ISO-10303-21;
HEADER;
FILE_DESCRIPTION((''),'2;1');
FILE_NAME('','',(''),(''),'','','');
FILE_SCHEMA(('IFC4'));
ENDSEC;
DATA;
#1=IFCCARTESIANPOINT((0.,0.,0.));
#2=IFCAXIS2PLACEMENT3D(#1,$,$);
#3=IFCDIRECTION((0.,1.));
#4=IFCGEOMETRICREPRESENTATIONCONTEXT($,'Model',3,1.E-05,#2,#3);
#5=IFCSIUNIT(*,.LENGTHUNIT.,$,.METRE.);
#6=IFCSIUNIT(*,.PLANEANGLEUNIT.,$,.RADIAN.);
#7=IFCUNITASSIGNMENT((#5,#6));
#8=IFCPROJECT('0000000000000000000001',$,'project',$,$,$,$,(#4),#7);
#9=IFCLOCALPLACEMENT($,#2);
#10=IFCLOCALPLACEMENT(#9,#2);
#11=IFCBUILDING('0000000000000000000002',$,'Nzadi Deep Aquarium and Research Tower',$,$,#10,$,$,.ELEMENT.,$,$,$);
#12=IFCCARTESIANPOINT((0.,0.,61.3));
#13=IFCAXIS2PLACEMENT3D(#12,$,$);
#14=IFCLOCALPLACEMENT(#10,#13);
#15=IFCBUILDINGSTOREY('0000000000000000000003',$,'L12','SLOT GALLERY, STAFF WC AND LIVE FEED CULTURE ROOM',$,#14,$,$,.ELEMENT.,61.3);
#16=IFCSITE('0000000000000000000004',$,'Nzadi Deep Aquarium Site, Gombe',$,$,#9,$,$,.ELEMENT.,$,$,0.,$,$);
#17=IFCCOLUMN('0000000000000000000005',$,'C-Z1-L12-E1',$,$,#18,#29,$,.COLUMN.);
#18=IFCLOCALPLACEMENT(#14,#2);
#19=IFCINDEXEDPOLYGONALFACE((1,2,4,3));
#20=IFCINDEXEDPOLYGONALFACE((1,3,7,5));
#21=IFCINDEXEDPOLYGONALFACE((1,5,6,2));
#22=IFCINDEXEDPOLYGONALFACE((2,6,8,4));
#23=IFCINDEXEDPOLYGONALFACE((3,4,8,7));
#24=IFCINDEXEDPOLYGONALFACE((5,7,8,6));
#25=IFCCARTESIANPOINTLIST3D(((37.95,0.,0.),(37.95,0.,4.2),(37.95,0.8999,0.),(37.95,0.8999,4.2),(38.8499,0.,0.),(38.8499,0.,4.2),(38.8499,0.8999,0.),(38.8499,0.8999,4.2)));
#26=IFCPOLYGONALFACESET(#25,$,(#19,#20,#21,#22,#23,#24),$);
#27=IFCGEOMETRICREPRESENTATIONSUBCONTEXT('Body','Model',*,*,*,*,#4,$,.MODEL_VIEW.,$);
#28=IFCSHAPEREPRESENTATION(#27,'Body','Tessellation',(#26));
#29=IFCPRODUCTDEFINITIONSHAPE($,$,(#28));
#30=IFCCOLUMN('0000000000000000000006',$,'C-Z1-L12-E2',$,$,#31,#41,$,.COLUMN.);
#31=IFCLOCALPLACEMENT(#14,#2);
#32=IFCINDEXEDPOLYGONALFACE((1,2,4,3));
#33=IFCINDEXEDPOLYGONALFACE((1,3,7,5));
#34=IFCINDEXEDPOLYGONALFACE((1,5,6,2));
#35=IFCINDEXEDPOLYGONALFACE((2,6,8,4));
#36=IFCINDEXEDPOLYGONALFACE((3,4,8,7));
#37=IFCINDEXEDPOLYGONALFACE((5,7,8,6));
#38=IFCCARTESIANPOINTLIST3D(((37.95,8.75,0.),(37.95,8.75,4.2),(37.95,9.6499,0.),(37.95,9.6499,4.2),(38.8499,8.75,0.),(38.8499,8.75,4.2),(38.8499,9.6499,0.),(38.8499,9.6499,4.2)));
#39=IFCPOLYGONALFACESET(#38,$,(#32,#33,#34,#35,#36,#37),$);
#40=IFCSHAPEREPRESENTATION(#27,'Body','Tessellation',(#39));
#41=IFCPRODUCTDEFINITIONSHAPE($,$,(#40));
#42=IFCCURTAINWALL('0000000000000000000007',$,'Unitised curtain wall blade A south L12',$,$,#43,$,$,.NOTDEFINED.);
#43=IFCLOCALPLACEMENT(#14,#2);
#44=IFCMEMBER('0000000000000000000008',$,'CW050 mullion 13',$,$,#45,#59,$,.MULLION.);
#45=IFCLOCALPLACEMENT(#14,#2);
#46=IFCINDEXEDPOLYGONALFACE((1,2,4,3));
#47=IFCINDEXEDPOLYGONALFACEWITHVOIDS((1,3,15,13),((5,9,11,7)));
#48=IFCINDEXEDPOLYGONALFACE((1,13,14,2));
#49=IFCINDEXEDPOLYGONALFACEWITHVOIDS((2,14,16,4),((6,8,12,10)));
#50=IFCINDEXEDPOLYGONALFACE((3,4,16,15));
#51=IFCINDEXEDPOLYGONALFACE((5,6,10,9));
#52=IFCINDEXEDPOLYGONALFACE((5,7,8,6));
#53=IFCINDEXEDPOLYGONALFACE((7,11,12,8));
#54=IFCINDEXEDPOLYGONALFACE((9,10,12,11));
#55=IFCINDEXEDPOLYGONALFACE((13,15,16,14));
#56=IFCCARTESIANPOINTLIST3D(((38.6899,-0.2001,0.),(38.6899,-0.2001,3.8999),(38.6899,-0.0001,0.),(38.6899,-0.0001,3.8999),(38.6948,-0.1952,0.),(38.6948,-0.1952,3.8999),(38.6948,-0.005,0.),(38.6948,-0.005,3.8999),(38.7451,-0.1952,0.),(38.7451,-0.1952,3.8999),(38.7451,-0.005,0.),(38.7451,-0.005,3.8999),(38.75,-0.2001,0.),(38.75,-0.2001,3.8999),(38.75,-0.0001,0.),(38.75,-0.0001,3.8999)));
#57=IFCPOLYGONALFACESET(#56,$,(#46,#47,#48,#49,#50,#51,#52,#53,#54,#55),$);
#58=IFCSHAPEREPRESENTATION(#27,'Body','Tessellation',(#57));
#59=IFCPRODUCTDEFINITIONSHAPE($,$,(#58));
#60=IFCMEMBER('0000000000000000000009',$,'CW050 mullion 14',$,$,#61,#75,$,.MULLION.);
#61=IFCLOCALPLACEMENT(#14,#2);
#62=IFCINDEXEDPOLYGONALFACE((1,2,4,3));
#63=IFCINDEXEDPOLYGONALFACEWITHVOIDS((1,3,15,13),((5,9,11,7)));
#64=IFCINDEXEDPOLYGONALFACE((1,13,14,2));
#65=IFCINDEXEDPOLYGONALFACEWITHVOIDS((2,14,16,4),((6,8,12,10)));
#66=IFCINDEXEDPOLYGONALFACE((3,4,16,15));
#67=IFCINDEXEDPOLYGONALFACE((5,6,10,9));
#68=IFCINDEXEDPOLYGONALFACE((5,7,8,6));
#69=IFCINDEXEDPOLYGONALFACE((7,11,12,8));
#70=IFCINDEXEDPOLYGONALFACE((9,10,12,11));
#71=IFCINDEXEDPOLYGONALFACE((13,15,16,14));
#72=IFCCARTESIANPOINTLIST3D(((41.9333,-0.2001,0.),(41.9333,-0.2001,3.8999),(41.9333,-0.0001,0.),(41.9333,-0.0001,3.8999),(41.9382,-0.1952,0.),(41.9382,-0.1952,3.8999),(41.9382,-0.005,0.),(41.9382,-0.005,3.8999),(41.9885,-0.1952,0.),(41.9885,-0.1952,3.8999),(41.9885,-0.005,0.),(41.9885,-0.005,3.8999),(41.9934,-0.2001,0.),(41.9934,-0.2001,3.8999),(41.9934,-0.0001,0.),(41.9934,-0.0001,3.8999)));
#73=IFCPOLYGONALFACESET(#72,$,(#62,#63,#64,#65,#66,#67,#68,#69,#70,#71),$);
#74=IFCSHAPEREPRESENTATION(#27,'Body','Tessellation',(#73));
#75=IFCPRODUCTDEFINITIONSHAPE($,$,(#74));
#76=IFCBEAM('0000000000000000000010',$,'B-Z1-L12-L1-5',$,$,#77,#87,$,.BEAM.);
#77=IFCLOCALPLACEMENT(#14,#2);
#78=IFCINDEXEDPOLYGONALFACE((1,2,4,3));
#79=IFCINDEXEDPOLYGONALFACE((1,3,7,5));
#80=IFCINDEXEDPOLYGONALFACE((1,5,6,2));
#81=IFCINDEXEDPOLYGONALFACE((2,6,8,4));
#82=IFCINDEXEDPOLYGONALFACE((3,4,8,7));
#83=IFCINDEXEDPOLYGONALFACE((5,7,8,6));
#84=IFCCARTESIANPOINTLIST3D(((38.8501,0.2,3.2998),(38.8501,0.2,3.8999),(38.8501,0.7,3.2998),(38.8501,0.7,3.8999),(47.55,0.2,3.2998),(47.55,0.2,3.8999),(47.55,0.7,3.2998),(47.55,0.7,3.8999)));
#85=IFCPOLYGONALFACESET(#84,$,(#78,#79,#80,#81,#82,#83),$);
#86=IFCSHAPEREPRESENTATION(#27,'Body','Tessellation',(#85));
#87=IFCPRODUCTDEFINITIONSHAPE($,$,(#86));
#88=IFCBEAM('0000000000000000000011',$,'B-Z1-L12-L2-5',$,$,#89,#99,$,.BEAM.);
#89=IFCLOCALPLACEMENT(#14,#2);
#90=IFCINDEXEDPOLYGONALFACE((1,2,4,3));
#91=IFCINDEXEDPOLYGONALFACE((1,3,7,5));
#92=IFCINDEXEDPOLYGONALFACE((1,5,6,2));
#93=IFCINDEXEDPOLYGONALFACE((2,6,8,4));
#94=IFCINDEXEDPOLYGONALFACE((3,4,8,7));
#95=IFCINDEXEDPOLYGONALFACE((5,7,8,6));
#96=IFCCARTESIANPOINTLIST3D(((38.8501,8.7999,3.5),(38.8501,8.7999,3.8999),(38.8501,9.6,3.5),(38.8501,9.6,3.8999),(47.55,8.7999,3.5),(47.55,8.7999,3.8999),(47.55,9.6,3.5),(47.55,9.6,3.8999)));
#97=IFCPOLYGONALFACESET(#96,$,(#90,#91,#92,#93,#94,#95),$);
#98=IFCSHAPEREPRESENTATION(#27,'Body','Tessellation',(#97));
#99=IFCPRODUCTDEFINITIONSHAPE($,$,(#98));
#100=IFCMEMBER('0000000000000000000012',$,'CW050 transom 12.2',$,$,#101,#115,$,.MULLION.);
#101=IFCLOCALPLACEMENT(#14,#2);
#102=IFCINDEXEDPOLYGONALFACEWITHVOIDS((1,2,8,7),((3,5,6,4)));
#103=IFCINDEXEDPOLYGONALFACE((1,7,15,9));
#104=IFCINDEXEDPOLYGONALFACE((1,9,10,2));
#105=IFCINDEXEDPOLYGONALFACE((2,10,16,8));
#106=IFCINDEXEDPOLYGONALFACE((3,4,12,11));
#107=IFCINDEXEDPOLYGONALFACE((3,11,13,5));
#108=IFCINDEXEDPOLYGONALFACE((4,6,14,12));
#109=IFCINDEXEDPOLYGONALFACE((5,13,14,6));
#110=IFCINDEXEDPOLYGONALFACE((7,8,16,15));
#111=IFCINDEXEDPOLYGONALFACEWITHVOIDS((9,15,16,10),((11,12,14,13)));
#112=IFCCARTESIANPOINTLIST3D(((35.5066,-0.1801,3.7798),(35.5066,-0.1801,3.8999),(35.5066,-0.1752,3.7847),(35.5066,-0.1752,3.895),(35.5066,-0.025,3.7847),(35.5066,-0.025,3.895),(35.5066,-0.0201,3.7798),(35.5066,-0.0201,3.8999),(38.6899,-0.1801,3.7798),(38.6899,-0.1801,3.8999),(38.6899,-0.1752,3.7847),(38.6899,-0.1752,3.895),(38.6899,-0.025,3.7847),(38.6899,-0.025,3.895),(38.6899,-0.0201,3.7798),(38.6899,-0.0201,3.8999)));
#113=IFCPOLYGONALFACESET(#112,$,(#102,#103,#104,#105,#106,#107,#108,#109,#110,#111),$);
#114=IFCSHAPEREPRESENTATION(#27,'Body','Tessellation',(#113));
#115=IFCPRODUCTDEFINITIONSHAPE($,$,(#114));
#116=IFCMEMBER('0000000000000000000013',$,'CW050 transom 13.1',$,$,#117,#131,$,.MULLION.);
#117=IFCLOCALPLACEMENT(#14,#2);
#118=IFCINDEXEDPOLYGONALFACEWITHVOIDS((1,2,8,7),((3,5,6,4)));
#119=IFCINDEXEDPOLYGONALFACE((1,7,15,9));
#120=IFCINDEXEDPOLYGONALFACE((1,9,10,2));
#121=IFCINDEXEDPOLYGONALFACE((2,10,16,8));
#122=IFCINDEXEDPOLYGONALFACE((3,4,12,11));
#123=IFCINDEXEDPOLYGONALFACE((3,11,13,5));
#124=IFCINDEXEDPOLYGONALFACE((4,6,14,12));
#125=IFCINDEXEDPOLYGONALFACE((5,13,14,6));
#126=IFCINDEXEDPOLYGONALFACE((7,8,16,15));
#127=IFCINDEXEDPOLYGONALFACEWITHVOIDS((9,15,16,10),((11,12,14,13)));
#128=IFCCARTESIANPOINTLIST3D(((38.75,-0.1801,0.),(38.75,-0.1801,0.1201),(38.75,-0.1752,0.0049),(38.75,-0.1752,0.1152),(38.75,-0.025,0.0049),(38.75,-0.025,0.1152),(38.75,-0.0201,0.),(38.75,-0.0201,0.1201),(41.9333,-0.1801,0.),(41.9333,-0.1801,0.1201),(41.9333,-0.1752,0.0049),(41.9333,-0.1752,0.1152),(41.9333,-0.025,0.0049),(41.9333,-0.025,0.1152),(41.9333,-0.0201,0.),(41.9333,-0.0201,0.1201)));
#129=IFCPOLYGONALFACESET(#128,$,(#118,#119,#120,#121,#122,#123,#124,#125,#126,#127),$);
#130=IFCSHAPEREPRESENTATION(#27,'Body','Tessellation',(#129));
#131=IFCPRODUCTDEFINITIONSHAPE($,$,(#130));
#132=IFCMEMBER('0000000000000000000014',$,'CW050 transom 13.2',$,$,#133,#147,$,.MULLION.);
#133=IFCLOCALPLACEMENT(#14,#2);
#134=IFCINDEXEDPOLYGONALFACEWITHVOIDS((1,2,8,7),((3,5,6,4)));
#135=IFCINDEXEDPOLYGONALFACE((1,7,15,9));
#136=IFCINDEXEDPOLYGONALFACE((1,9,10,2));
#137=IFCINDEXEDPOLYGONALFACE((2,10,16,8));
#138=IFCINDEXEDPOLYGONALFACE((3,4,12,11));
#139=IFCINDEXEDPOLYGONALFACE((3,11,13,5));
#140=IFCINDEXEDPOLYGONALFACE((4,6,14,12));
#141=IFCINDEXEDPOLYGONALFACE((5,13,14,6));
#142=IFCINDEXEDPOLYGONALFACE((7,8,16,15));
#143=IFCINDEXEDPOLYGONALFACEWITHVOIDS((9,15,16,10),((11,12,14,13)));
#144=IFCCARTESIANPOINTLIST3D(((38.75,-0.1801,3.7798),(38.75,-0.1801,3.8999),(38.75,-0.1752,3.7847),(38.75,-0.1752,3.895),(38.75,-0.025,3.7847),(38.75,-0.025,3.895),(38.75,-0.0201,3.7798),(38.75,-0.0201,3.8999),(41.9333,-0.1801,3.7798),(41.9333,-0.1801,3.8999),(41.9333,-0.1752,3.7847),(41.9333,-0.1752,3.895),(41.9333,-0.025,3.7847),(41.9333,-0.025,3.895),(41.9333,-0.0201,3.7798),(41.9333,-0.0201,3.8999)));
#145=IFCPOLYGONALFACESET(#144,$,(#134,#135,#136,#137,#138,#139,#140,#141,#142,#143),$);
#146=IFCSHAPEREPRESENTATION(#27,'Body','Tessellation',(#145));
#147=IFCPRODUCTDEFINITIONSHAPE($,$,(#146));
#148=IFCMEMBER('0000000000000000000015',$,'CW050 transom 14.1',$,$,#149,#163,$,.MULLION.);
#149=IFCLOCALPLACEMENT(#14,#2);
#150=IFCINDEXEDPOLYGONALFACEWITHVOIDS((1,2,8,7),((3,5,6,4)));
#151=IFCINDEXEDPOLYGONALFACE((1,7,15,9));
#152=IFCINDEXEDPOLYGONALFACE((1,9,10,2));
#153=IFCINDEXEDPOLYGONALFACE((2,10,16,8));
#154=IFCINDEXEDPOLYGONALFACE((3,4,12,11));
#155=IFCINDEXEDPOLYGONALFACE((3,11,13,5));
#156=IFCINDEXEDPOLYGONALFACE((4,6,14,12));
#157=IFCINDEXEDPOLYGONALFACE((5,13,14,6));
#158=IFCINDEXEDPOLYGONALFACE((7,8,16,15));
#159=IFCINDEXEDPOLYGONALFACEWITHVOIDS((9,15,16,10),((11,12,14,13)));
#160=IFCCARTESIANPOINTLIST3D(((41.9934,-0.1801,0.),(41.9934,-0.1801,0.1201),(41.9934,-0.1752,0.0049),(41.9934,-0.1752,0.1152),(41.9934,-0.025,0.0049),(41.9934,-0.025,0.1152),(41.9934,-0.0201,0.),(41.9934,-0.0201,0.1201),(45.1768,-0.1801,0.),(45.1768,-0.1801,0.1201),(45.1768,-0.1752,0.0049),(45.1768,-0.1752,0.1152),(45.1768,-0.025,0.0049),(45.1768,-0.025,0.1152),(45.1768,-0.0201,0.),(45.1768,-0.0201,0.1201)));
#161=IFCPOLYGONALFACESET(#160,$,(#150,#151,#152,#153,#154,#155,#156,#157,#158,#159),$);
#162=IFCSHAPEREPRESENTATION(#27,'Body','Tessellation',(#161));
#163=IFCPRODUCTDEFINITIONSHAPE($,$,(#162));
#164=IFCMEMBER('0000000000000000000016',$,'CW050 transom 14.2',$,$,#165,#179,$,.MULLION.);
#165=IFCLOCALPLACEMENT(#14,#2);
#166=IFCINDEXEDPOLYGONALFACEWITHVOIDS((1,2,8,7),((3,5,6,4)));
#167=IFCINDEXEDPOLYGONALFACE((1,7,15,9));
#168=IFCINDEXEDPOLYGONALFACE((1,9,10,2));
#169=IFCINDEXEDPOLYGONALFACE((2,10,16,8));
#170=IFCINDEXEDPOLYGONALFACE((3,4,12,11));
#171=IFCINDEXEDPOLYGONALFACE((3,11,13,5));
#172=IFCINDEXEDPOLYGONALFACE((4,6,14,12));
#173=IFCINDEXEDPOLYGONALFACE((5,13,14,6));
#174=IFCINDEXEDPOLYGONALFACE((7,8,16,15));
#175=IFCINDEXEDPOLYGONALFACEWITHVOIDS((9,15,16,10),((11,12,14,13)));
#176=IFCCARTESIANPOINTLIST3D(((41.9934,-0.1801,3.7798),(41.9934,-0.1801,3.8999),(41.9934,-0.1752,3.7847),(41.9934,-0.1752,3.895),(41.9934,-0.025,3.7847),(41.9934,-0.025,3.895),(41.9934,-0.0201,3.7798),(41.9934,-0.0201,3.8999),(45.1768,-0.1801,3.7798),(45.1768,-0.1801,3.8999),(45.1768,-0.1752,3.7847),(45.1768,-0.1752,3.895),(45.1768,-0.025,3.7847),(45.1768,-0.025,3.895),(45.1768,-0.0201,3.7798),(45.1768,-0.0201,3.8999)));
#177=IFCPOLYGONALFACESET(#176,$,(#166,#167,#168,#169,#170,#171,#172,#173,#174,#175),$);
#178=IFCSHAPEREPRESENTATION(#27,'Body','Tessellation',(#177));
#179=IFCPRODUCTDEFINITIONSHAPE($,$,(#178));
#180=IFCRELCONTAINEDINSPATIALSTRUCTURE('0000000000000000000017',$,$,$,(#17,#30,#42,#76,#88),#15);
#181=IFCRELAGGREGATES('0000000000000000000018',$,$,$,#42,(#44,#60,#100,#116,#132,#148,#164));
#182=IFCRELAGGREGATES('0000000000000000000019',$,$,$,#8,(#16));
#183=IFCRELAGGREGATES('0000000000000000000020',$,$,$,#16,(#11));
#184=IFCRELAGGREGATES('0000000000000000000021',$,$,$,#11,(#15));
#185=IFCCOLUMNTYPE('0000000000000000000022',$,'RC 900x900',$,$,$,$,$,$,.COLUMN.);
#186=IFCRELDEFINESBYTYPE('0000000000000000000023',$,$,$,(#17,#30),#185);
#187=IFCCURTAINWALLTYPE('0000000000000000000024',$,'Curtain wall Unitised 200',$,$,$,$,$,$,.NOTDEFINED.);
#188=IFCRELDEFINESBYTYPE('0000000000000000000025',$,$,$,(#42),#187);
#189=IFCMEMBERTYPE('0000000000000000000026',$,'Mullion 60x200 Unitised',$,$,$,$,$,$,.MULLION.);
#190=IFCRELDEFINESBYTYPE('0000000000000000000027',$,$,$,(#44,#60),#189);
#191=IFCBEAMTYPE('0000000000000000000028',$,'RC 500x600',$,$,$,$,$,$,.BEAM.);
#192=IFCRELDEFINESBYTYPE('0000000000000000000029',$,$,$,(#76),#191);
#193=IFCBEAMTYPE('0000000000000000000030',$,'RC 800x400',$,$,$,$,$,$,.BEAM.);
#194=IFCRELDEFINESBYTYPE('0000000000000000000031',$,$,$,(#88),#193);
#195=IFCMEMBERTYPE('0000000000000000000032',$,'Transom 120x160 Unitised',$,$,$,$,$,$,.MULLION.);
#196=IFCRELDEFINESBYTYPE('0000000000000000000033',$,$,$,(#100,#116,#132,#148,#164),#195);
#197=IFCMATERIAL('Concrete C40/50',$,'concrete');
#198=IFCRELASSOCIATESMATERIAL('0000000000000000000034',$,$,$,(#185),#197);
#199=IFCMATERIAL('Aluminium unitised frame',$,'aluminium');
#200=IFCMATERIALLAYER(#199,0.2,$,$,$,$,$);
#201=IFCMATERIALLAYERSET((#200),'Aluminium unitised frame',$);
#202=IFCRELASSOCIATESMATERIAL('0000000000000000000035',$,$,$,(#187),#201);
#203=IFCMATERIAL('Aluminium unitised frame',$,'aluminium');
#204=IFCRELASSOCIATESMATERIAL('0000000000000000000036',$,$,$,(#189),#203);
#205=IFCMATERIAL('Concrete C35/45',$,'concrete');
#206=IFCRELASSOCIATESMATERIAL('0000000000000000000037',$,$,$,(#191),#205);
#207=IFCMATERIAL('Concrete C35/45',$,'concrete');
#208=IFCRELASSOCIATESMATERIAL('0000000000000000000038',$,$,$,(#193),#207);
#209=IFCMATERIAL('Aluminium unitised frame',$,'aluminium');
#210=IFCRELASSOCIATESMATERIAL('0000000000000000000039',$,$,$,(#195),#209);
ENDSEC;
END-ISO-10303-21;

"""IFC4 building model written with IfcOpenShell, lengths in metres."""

from ifc_helpers import new_model, si_unit, direction, frame, origin, origin_2d, place, context, subcontext, project, spatial, rectangle, hollow_rectangle, extrude, material, layer, layer_set, material_profile, profile_set, type_object, element, aggregate, save


model = new_model("IFC4")

# Units and contexts
model_context = context("Model", 3, precision=1e-05, world=origin(), true_north=direction((0.0, 1.0)))
body_context = subcontext(model_context, "Body", "Model", "MODEL_VIEW")
ifc_project = project(units=[si_unit("LENGTHUNIT", "METRE"), si_unit("PLANEANGLEUNIT", "RADIAN")], contexts=[model_context])

# Site, building, storey
site_placement = place(None, origin())
site = spatial("IfcSite", under=ifc_project, at=site_placement, Name="Nzadi Deep Aquarium Site, Gombe", CompositionType="ELEMENT", RefElevation=0.0)
building_placement = place(site_placement, origin())
building = spatial("IfcBuilding", under=site, at=building_placement, Name="Nzadi Deep Aquarium and Research Tower", CompositionType="ELEMENT")
storey_placement = place(building_placement, frame((0.0, 0.0, 61.3)))
storey = spatial("IfcBuildingStorey", under=building, at=storey_placement, Name="L12", Description="SLOT GALLERY, STAFF WC AND LIVE FEED CULTURE ROOM", CompositionType="ELEMENT", Elevation=61.3)

# Columns
ifc_material_1 = material(Name="Concrete C40/50", Category="concrete")
ifc_material_profile_1 = material_profile(ifc_material_1, rectangle(XDim=0.8999, YDim=0.8999, at=origin_2d()))
ifc_profile_set_1 = profile_set([ifc_material_profile_1], Name="Concrete C40/50")
column_type = type_object("IfcColumnType", Name="RC 900x900", PredefinedType="COLUMN", material=ifc_profile_set_1)
for number, where, z_axis, x_axis, name in (
    (1, (38.3999, 0.45, 0.0), (0.0, 0.0, 1.0), (1.0, 0.0, 0.0), "C-Z1-L12-E1"),
    (2, (38.3999, 9.2, 0.0), (0.0, 0.0, 1.0), (1.0, 0.0, 0.0), "C-Z1-L12-E2"),
):
    element("IfcColumn", number, at=place(storey_placement, frame(where, z_axis=z_axis, x_axis=x_axis)), inside=storey, type_object=column_type, Name=name, PredefinedType="COLUMN", context=body_context, shape_type="SweptSolid", body=[
        extrude(rectangle(XDim=0.8999, YDim=0.8999, at=origin_2d()), origin(), (0.0, 0.0, 1.0), 4.2),
    ])

# Curtain wall, members
ifc_material_2 = material(Name="Aluminium unitised frame", Category="aluminium")
ifc_layer_1 = layer(ifc_material_2, 0.2)
ifc_layer_set_1 = layer_set([ifc_layer_1], Name="Aluminium unitised frame")
curtain_wall_type = type_object("IfcCurtainWallType", Name="Curtain wall Unitised 200", PredefinedType="NOTDEFINED", material=ifc_layer_set_1)
curtain_wall_placement = place(storey_placement, origin())
curtain_wall = element("IfcCurtainWall", 3, at=curtain_wall_placement, inside=storey, type_object=curtain_wall_type, Name="Unitised curtain wall blade A south L12", PredefinedType="NOTDEFINED")
ifc_material_3 = material(Name="Aluminium unitised frame", Category="aluminium")
ifc_material_profile_2 = material_profile(ifc_material_3, hollow_rectangle(XDim=0.2, YDim=0.0601, WallThickness=0.0049, at=origin_2d()))
ifc_profile_set_2 = profile_set([ifc_material_profile_2], Name="Aluminium unitised frame")
member_type_1 = type_object("IfcMemberType", Name="Mullion 60x200 Unitised", PredefinedType="MULLION", material=ifc_profile_set_2)
member_1_placement = place(storey_placement, frame((38.72, -0.1001, 0.0), z_axis=(0.0, 0.0, 1.0), x_axis=(0.0, 1.0, 0.0)))
member_1 = element("IfcMember", 4, at=member_1_placement, type_object=member_type_1, Name="CW050 mullion 13", PredefinedType="MULLION", context=body_context, shape_type="SweptSolid", body=[
    extrude(hollow_rectangle(XDim=0.2, YDim=0.0601, WallThickness=0.0049, at=origin_2d()), origin(), (0.0, 0.0, 1.0), 3.8999),
])
member_2_placement = place(storey_placement, frame((41.9634, -0.1001, 0.0), z_axis=(0.0, 0.0, 1.0), x_axis=(0.0, 1.0, 0.0)))
member_2 = element("IfcMember", 5, at=member_2_placement, type_object=member_type_1, Name="CW050 mullion 14", PredefinedType="MULLION", context=body_context, shape_type="SweptSolid", body=[
    extrude(hollow_rectangle(XDim=0.2, YDim=0.0601, WallThickness=0.0049, at=origin_2d()), origin(), (0.0, 0.0, 1.0), 3.8999),
])

# Beams
ifc_material_4 = material(Name="Concrete C35/45", Category="concrete")
ifc_material_profile_3 = material_profile(ifc_material_4, rectangle(XDim=0.5, YDim=0.6001, at=origin_2d()))
ifc_profile_set_3 = profile_set([ifc_material_profile_3], Name="Concrete C35/45")
beam_type_1 = type_object("IfcBeamType", Name="RC 500x600", PredefinedType="BEAM", material=ifc_profile_set_3)
beam_1_placement = place(storey_placement, frame((38.8501, 0.45, 3.5999), z_axis=(1.0, 0.0, 0.0), x_axis=(0.0, 1.0, 0.0)))
element("IfcBeam", 6, at=beam_1_placement, inside=storey, type_object=beam_type_1, Name="B-Z1-L12-L1-5", PredefinedType="BEAM", context=body_context, shape_type="SweptSolid", body=[
    extrude(rectangle(XDim=0.5, YDim=0.6001, at=origin_2d()), origin(), (0.0, 0.0, 1.0), 8.7),
])
ifc_material_5 = material(Name="Concrete C35/45", Category="concrete")
ifc_material_profile_4 = material_profile(ifc_material_5, rectangle(XDim=0.8, YDim=0.3999, at=origin_2d()))
ifc_profile_set_4 = profile_set([ifc_material_profile_4], Name="Concrete C35/45")
beam_type_2 = type_object("IfcBeamType", Name="RC 800x400", PredefinedType="BEAM", material=ifc_profile_set_4)
beam_2_placement = place(storey_placement, frame((38.8501, 9.2, 3.7), z_axis=(1.0, 0.0, 0.0), x_axis=(0.0, 1.0, 0.0)))
element("IfcBeam", 7, at=beam_2_placement, inside=storey, type_object=beam_type_2, Name="B-Z1-L12-L2-5", PredefinedType="BEAM", context=body_context, shape_type="SweptSolid", body=[
    extrude(rectangle(XDim=0.8, YDim=0.3999, at=origin_2d()), origin(), (0.0, 0.0, 1.0), 8.7),
])

# Members
ifc_material_6 = material(Name="Aluminium unitised frame", Category="aluminium")
ifc_material_profile_5 = material_profile(ifc_material_6, hollow_rectangle(XDim=0.1599, YDim=0.1201, WallThickness=0.0049, at=origin_2d()))
ifc_profile_set_5 = profile_set([ifc_material_profile_5], Name="Aluminium unitised frame")
member_type_2 = type_object("IfcMemberType", Name="Transom 120x160 Unitised", PredefinedType="MULLION", material=ifc_profile_set_5)
member_3_placement = place(storey_placement, frame((35.5066, -0.1001, 3.8398), z_axis=(1.0, 0.0, 0.0), x_axis=(0.0, 1.0, 0.0)))
member_3 = element("IfcMember", 8, at=member_3_placement, type_object=member_type_2, Name="CW050 transom 12.2", PredefinedType="MULLION", context=body_context, shape_type="SweptSolid", body=[
    extrude(hollow_rectangle(XDim=0.1599, YDim=0.1201, WallThickness=0.0049, at=origin_2d()), origin(), (0.0, 0.0, 1.0), 3.1833),
])
member_4_placement = place(storey_placement, frame((38.75, -0.1001, 0.0601), z_axis=(1.0, 0.0, 0.0), x_axis=(0.0, 1.0, 0.0)))
member_4 = element("IfcMember", 9, at=member_4_placement, type_object=member_type_2, Name="CW050 transom 13.1", PredefinedType="MULLION", context=body_context, shape_type="SweptSolid", body=[
    extrude(hollow_rectangle(XDim=0.1599, YDim=0.1201, WallThickness=0.0049, at=origin_2d()), origin(), (0.0, 0.0, 1.0), 3.1833),
])
member_5_placement = place(storey_placement, frame((38.75, -0.1001, 3.8398), z_axis=(1.0, 0.0, 0.0), x_axis=(0.0, 1.0, 0.0)))
member_5 = element("IfcMember", 10, at=member_5_placement, type_object=member_type_2, Name="CW050 transom 13.2", PredefinedType="MULLION", context=body_context, shape_type="SweptSolid", body=[
    extrude(hollow_rectangle(XDim=0.1599, YDim=0.1201, WallThickness=0.0049, at=origin_2d()), origin(), (0.0, 0.0, 1.0), 3.1833),
])
member_6_placement = place(storey_placement, frame((41.9934, -0.1001, 0.0601), z_axis=(1.0, 0.0, 0.0), x_axis=(0.0, 1.0, 0.0)))
member_6 = element("IfcMember", 11, at=member_6_placement, type_object=member_type_2, Name="CW050 transom 14.1", PredefinedType="MULLION", context=body_context, shape_type="SweptSolid", body=[
    extrude(hollow_rectangle(XDim=0.1599, YDim=0.1201, WallThickness=0.0049, at=origin_2d()), origin(), (0.0, 0.0, 1.0), 3.1833),
])
member_7_placement = place(storey_placement, frame((41.9934, -0.1001, 3.8398), z_axis=(1.0, 0.0, 0.0), x_axis=(0.0, 1.0, 0.0)))
member_7 = element("IfcMember", 12, at=member_7_placement, type_object=member_type_2, Name="CW050 transom 14.2", PredefinedType="MULLION", context=body_context, shape_type="SweptSolid", body=[
    extrude(hollow_rectangle(XDim=0.1599, YDim=0.1201, WallThickness=0.0049, at=origin_2d()), origin(), (0.0, 0.0, 1.0), 3.1833),
])

aggregate(curtain_wall, [member_1, member_2, member_3, member_4, member_5, member_6, member_7])

save(model, "model.ifc")
